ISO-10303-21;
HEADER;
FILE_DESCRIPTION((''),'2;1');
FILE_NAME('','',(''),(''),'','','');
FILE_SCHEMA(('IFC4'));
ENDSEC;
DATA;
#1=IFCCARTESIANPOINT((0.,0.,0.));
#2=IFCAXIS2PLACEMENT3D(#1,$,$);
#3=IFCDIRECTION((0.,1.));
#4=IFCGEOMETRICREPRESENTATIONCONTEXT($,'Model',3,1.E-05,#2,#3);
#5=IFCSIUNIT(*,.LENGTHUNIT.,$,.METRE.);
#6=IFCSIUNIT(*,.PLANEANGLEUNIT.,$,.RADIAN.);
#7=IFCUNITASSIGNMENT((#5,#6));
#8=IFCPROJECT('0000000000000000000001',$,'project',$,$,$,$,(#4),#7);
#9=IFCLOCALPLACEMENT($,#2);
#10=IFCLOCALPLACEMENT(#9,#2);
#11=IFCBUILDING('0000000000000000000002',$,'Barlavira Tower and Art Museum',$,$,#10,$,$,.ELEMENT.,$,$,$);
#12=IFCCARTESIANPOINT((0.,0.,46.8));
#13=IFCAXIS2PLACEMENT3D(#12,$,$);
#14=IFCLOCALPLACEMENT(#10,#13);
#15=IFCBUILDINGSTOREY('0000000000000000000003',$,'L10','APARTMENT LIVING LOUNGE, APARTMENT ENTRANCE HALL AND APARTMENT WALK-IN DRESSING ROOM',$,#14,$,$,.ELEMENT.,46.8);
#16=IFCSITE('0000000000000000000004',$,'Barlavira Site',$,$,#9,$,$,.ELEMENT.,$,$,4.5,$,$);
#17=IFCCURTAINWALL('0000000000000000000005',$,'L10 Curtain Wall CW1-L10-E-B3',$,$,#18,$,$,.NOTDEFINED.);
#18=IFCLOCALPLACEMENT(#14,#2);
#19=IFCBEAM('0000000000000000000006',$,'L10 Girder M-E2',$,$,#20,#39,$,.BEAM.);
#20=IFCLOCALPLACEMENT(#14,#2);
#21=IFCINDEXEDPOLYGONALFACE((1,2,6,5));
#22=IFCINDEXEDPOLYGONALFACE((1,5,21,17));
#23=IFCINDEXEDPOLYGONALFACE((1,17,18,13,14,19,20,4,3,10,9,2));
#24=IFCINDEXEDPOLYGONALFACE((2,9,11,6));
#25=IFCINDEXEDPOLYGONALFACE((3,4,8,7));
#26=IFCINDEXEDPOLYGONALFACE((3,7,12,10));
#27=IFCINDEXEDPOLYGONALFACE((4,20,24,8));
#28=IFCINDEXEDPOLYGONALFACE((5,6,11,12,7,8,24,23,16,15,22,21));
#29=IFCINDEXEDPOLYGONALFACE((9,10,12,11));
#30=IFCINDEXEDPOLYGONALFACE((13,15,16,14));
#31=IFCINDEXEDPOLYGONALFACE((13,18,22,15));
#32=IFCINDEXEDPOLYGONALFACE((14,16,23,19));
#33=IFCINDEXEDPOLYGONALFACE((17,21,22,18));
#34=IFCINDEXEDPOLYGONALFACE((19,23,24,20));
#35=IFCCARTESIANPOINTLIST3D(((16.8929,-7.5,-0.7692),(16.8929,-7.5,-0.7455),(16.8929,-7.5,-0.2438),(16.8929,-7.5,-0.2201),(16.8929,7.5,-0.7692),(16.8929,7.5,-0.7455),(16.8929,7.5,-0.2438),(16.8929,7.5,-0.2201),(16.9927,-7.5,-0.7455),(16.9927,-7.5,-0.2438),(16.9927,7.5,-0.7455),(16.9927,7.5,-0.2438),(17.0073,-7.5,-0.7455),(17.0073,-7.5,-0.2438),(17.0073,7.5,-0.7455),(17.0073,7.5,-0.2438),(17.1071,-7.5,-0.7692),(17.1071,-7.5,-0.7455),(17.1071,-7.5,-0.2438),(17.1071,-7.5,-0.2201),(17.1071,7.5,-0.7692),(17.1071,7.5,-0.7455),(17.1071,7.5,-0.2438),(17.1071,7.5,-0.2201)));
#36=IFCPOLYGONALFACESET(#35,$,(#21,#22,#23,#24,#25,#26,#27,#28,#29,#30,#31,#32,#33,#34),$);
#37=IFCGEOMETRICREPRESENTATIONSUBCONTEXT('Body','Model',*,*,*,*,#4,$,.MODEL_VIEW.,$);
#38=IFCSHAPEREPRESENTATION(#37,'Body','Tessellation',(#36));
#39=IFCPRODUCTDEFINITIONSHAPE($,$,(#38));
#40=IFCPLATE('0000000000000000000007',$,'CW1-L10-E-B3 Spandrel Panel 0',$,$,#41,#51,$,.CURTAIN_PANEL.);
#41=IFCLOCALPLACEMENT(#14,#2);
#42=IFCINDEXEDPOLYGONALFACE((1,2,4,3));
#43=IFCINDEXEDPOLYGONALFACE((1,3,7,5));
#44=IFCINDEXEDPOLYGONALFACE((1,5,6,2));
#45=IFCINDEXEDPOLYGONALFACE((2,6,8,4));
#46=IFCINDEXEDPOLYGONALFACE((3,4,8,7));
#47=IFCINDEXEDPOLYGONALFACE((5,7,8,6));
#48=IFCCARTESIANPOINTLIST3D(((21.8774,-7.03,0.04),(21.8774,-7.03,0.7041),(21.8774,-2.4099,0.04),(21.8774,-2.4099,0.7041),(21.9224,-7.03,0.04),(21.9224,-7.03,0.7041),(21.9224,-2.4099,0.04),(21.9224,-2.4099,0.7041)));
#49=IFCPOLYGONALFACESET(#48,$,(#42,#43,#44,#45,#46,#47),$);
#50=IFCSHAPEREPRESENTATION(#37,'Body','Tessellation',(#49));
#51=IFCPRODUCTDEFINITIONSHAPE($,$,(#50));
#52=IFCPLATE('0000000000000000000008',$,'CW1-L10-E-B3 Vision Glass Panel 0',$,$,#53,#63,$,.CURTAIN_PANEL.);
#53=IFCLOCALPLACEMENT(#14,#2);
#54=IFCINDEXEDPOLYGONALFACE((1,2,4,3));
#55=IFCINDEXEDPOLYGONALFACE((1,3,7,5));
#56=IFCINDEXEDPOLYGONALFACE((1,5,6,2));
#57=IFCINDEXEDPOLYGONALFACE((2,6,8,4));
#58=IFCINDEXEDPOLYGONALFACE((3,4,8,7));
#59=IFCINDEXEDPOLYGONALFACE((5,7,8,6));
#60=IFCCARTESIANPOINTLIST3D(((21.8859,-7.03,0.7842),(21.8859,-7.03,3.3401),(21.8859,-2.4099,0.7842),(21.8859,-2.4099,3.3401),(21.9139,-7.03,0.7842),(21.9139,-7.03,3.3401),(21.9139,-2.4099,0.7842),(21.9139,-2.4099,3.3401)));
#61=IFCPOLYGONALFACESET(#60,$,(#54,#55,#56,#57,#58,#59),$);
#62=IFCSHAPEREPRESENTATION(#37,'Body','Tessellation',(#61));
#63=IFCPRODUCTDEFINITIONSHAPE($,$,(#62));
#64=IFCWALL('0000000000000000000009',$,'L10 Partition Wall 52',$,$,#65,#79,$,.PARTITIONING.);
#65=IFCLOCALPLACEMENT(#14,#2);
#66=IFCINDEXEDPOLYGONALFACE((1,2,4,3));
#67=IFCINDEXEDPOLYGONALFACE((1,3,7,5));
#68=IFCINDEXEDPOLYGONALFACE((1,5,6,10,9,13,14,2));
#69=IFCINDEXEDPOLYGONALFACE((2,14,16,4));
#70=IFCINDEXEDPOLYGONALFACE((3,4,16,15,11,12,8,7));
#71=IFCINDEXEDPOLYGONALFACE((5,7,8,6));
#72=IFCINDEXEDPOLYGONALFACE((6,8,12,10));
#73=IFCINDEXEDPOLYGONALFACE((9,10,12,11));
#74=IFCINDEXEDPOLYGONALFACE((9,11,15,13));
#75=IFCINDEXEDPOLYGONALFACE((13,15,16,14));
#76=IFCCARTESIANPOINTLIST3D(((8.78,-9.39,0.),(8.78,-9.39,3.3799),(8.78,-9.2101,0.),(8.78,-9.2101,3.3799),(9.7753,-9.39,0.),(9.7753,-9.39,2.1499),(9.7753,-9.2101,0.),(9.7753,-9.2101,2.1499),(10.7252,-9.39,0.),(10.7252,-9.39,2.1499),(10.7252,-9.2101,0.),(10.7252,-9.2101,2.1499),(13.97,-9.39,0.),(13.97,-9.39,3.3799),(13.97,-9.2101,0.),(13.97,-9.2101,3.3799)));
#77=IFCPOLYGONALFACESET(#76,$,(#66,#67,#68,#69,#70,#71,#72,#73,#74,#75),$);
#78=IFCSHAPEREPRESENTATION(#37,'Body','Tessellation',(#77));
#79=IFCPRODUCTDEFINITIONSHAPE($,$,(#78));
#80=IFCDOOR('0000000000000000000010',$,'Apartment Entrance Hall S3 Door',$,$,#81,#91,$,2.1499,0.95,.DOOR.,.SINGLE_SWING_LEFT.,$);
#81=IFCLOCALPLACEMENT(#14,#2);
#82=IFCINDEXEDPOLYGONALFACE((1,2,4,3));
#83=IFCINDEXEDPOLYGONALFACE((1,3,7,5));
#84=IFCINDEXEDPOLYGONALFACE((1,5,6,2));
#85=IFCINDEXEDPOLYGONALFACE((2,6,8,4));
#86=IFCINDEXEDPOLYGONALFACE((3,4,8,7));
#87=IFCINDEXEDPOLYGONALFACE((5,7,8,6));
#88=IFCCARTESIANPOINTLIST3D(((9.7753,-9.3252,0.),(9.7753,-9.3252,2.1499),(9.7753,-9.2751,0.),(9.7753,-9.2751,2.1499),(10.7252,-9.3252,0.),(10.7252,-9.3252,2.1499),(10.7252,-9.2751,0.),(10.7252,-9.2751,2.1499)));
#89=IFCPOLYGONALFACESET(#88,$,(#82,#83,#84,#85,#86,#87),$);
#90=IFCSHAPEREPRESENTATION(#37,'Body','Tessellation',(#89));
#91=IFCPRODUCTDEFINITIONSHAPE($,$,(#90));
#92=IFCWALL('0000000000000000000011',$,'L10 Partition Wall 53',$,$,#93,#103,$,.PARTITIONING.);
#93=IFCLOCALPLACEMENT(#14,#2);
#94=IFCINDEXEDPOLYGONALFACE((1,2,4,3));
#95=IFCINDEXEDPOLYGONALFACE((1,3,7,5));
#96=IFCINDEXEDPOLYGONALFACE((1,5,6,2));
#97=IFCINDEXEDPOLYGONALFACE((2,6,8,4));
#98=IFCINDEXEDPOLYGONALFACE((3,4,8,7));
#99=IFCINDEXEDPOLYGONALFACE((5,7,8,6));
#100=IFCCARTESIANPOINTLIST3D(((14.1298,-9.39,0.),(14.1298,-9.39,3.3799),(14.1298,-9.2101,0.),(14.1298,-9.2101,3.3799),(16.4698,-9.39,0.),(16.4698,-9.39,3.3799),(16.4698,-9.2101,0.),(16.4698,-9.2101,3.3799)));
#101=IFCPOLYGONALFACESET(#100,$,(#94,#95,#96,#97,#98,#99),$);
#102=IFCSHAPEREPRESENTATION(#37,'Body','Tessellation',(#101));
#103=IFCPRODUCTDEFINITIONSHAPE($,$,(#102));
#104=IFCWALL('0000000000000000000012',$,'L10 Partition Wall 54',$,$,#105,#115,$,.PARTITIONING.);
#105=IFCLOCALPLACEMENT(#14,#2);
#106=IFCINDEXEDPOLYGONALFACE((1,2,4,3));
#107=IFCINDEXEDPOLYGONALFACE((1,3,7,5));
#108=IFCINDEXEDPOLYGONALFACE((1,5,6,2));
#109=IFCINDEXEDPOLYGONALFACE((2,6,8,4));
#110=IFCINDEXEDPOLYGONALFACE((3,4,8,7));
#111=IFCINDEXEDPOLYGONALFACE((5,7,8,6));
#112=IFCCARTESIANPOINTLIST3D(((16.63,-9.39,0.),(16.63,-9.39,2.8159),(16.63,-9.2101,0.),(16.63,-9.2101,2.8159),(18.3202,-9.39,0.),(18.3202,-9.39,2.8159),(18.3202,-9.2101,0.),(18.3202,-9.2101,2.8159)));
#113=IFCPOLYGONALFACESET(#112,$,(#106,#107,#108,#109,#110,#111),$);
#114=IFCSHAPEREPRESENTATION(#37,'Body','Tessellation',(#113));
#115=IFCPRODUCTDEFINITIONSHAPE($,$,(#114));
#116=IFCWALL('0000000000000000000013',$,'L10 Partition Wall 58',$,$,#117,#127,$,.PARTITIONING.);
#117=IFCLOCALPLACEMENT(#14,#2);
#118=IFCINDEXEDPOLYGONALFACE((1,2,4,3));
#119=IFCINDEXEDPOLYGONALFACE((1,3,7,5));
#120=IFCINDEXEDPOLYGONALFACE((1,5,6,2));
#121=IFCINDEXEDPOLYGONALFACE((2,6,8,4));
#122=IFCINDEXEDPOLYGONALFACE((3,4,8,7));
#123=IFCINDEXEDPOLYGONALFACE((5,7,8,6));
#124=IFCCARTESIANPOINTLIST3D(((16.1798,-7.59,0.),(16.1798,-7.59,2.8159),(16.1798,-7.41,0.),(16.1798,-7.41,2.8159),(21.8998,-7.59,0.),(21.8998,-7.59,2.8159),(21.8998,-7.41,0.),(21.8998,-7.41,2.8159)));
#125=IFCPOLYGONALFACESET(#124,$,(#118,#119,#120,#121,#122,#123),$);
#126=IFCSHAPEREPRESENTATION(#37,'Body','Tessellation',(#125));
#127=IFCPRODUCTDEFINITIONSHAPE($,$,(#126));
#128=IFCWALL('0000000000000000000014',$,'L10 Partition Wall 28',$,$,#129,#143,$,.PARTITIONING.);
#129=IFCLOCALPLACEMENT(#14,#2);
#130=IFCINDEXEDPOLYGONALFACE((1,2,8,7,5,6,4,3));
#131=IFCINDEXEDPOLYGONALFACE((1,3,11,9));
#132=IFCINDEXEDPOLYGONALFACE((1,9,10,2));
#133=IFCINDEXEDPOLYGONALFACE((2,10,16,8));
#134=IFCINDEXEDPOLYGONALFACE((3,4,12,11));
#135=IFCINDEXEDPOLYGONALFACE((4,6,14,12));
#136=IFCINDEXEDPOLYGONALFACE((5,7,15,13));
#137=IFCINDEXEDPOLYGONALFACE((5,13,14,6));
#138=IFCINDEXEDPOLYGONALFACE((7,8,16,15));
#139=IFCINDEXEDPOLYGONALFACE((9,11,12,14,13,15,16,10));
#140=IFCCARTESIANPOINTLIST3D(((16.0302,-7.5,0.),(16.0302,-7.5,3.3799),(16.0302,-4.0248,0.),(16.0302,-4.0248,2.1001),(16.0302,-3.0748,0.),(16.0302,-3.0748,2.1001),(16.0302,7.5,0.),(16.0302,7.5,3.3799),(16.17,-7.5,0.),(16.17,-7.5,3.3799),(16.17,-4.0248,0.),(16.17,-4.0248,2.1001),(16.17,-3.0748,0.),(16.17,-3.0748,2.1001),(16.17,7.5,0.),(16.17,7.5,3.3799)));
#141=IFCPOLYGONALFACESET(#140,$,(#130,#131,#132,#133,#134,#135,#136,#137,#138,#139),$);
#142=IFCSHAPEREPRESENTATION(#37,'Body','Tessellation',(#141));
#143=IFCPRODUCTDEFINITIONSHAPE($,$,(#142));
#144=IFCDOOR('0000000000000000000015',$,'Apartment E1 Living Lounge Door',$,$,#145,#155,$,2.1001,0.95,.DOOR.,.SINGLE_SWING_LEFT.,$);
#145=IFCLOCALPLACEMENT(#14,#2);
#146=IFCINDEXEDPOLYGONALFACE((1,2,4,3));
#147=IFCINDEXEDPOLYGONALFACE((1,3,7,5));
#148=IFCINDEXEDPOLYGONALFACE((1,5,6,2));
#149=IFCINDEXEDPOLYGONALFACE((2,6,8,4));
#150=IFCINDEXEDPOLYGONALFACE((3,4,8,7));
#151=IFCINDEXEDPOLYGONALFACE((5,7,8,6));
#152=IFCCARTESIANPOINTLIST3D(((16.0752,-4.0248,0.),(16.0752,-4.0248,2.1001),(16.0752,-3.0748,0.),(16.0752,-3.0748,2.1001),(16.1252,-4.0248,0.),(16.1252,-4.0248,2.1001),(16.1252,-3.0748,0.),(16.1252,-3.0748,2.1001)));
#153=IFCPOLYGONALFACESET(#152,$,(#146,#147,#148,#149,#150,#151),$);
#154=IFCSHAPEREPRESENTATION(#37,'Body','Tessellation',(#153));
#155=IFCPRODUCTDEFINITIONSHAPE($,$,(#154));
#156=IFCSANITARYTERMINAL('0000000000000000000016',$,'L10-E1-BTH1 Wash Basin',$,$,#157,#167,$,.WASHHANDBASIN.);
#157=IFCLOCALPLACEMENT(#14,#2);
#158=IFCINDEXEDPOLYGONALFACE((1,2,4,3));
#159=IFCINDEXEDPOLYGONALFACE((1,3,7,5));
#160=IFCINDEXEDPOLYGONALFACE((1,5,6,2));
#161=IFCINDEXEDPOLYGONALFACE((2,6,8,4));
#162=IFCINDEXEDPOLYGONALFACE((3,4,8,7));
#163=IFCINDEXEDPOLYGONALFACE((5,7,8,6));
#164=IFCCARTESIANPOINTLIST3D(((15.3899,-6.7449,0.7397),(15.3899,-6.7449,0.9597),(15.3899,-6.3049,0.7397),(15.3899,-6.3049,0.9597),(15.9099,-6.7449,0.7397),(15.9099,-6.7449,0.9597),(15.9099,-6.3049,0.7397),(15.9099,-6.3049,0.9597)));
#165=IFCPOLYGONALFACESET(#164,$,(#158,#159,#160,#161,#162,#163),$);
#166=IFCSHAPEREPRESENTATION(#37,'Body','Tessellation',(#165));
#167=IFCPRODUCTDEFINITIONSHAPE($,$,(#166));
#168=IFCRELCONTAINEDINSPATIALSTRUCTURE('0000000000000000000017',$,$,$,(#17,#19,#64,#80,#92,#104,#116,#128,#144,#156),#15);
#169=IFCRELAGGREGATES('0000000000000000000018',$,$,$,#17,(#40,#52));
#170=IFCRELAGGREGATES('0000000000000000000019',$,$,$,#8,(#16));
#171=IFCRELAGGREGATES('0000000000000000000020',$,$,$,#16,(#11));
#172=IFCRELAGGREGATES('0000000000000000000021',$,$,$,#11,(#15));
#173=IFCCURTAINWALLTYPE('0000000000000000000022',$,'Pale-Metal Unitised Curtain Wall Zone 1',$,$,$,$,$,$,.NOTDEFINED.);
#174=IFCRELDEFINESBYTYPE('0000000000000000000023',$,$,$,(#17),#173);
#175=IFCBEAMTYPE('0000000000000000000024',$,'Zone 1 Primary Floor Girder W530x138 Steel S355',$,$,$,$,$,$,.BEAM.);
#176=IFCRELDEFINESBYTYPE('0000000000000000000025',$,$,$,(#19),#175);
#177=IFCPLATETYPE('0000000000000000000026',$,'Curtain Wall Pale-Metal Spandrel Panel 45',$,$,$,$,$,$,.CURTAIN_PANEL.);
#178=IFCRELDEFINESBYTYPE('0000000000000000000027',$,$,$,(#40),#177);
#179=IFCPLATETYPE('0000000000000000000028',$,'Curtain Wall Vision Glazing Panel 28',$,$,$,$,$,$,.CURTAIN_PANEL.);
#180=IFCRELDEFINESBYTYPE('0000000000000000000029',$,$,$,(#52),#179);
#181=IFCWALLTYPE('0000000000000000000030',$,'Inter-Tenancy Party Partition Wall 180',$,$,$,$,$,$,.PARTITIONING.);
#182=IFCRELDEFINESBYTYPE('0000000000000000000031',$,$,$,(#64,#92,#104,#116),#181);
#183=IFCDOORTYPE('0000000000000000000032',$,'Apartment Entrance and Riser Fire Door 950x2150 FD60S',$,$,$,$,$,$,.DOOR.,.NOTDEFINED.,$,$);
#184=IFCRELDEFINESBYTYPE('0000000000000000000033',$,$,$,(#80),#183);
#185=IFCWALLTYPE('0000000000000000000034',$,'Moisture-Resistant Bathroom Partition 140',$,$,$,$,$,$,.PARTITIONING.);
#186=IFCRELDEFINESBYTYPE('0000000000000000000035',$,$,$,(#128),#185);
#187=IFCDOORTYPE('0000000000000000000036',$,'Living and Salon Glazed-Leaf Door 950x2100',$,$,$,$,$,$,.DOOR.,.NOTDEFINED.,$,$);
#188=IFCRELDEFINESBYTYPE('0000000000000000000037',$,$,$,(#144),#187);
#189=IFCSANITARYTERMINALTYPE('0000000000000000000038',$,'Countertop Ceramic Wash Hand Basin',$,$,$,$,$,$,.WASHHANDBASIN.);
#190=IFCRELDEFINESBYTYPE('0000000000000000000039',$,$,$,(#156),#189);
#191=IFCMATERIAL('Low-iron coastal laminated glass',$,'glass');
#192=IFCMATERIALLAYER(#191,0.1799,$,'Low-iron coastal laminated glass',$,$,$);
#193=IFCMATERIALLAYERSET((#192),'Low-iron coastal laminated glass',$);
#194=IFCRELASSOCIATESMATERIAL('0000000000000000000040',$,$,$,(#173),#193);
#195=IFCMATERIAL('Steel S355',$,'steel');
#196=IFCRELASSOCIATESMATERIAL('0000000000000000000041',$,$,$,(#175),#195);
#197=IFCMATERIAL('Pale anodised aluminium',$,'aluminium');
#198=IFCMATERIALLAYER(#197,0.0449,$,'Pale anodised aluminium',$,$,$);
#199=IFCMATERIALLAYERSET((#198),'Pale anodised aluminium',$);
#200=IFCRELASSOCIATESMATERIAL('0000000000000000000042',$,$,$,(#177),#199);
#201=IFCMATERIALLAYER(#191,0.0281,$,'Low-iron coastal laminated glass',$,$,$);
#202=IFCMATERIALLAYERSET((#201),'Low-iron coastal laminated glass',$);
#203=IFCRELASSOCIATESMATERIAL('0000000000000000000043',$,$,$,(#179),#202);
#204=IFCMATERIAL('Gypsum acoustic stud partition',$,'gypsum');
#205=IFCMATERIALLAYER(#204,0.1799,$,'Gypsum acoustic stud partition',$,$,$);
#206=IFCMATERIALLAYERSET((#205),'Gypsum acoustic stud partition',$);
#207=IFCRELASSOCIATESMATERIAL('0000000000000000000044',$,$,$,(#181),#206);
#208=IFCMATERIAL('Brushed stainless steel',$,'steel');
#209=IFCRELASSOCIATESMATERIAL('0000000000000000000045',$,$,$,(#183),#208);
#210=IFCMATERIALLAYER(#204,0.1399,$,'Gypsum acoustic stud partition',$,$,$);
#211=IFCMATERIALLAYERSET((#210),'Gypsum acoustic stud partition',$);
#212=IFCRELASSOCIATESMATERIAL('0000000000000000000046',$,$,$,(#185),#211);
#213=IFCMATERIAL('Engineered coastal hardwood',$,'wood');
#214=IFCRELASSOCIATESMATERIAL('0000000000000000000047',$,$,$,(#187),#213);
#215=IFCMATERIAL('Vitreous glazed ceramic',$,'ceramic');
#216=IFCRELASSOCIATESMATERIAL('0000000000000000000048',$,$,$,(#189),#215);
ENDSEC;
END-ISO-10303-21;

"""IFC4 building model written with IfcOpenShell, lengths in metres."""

from ifc_helpers import new_model, si_unit, direction, frame, frame_2d, origin, origin_2d, place, context, subcontext, project, spatial, rectangle, i_section, extrude, material, layer, layer_set, material_profile, profile_set, type_object, element, fill, aggregate, save


model = new_model("IFC4")

# Units and contexts
model_context = context("Model", 3, precision=1e-05, world=origin(), true_north=direction((0.0, 1.0)))
body_context = subcontext(model_context, "Body", "Model", "MODEL_VIEW")
ifc_project = project(units=[si_unit("LENGTHUNIT", "METRE"), si_unit("PLANEANGLEUNIT", "RADIAN")], contexts=[model_context])

# Site, building, storey
site_placement = place(None, origin())
site = spatial("IfcSite", under=ifc_project, at=site_placement, Name="Barlavira Site", CompositionType="ELEMENT", RefElevation=4.5)
building_placement = place(site_placement, origin())
building = spatial("IfcBuilding", under=site, at=building_placement, Name="Barlavira Tower and Art Museum", CompositionType="ELEMENT")
storey_placement = place(building_placement, frame((0.0, 0.0, 46.8)))
storey = spatial("IfcBuildingStorey", under=building, at=storey_placement, Name="L10", Description="APARTMENT LIVING LOUNGE, APARTMENT ENTRANCE HALL AND APARTMENT WALK-IN DRESSING ROOM", CompositionType="ELEMENT", Elevation=46.8)

# Curtain wall
ifc_material_1 = material(Name="Low-iron coastal laminated glass", Category="glass")
ifc_layer_1 = layer(ifc_material_1, 0.1799, Name="Low-iron coastal laminated glass")
ifc_layer_set_1 = layer_set([ifc_layer_1], Name="Low-iron coastal laminated glass")
curtain_wall_type = type_object("IfcCurtainWallType", Name="Pale-Metal Unitised Curtain Wall Zone 1", PredefinedType="NOTDEFINED", material=ifc_layer_set_1)
curtain_wall_placement = place(storey_placement, origin())
curtain_wall = element("IfcCurtainWall", 1, at=curtain_wall_placement, inside=storey, type_object=curtain_wall_type, Name="L10 Curtain Wall CW1-L10-E-B3", PredefinedType="NOTDEFINED")
ifc_material_2 = material(Name="Pale anodised aluminium", Category="aluminium")

# Shared definitions
ifc_material_3 = material(Name="Steel S355", Category="steel")

# Beam
ifc_material_profile_1 = material_profile(ifc_material_3, i_section(OverallWidth=0.2141, OverallDepth=0.5491, WebThickness=0.0146, FlangeThickness=0.0237, at=origin_2d()), Name="W530x138.0")
ifc_profile_set_1 = profile_set([ifc_material_profile_1], Name="Steel S355")
beam_type_1 = type_object("IfcBeamType", Name="Zone 1 Primary Floor Girder W530x138 Steel S355", PredefinedType="BEAM", material=ifc_profile_set_1)
beam_1_placement = place(storey_placement, frame((17.0, -7.5, -0.4946), z_axis=(0.0, 1.0, 0.0), x_axis=(-1.0, 0.0, 0.0)))
element("IfcBeam", 2, at=beam_1_placement, inside=storey, type_object=beam_type_1, Name="L10 Girder M-E2", PredefinedType="BEAM", context=body_context, shape_type="SweptSolid", body=[
    extrude(i_section(OverallWidth=0.2141, OverallDepth=0.5491, WebThickness=0.0146, FlangeThickness=0.0237, at=origin_2d()), origin(), (0.0, 0.0, 1.0), 15.0),
])

# Plates
ifc_layer_2 = layer(ifc_material_2, 0.0449, Name="Pale anodised aluminium")
ifc_layer_set_2 = layer_set([ifc_layer_2], Name="Pale anodised aluminium")
plate_type_1 = type_object("IfcPlateType", Name="Curtain Wall Pale-Metal Spandrel Panel 45", PredefinedType="CURTAIN_PANEL", material=ifc_layer_set_2)
plate_1_placement = place(storey_placement, frame((21.8999, -4.72, 0.04), z_axis=(0.0, 0.0, 1.0), x_axis=(0.0, 1.0, 0.0)))
plate_1 = element("IfcPlate", 3, at=plate_1_placement, type_object=plate_type_1, Name="CW1-L10-E-B3 Spandrel Panel 0", PredefinedType="CURTAIN_PANEL", context=body_context, shape_type="SweptSolid", body=[
    extrude(rectangle(XDim=4.6201, YDim=0.0449, at=origin_2d()), origin(), (0.0, 0.0, 1.0), 0.6641),
])
ifc_layer_3 = layer(ifc_material_1, 0.0281, Name="Low-iron coastal laminated glass")
ifc_layer_set_3 = layer_set([ifc_layer_3], Name="Low-iron coastal laminated glass")
plate_type_2 = type_object("IfcPlateType", Name="Curtain Wall Vision Glazing Panel 28", PredefinedType="CURTAIN_PANEL", material=ifc_layer_set_3)
plate_2_placement = place(storey_placement, frame((21.8999, -4.72, 0.7842), z_axis=(0.0, 0.0, 1.0), x_axis=(0.0, 1.0, 0.0)))
plate_2 = element("IfcPlate", 4, at=plate_2_placement, type_object=plate_type_2, Name="CW1-L10-E-B3 Vision Glass Panel 0", PredefinedType="CURTAIN_PANEL", context=body_context, shape_type="SweptSolid", body=[
    extrude(rectangle(XDim=4.6201, YDim=0.0281, at=origin_2d()), origin(), (0.0, 0.0, 1.0), 2.5559),
])
aggregate(curtain_wall, [plate_1, plate_2])

# Wall, opening, door
ifc_material_4 = material(Name="Gypsum acoustic stud partition", Category="gypsum")
ifc_layer_4 = layer(ifc_material_4, 0.1799, Name="Gypsum acoustic stud partition")
ifc_layer_set_4 = layer_set([ifc_layer_4], Name="Gypsum acoustic stud partition")
wall_type_1 = type_object("IfcWallType", Name="Inter-Tenancy Party Partition Wall 180", PredefinedType="PARTITIONING", material=ifc_layer_set_4)
wall_1_placement = place(storey_placement, frame((8.78, -9.3, 0.0), z_axis=(0.0, 0.0, 1.0), x_axis=(1.0, 0.0, 0.0)))
wall_1 = element("IfcWall", 5, at=wall_1_placement, inside=storey, type_object=wall_type_1, Name="L10 Partition Wall 52", PredefinedType="PARTITIONING", context=body_context, shape_type="SweptSolid", body=[
    extrude(rectangle(XDim=5.1899, YDim=0.1799, at=frame_2d((2.595, 0.0))), origin(), (0.0, 0.0, 1.0), 3.3799),
])
opening_1_placement = place(wall_1_placement, frame((0.9951, 0.0, 0.0)))
opening_1 = element("IfcOpeningElement", 6, at=opening_1_placement, cuts=wall_1, PredefinedType="OPENING", context=body_context, shape_type="SweptSolid", body=[
    extrude(rectangle(XDim=0.95, YDim=2.1499, at=frame_2d((0.4751, 1.075))), frame((0.0, 0.1001, 0.0), z_axis=(0.0, -1.0, 0.0), x_axis=(1.0, 0.0, 0.0)), (0.0, 0.0, 1.0), 0.2),
])
ifc_material_5 = material(Name="Brushed stainless steel", Category="steel")
door_type_1 = type_object("IfcDoorType", Name="Apartment Entrance and Riser Fire Door 950x2150 FD60S", OperationType="NOTDEFINED", PredefinedType="DOOR", material=ifc_material_5)
door_1_placement = place(opening_1_placement, origin())
door_1 = element("IfcDoor", 7, at=door_1_placement, inside=storey, type_object=door_type_1, Name="Apartment Entrance Hall S3 Door", OperationType="SINGLE_SWING_LEFT", OverallHeight=2.1499, OverallWidth=0.95, PredefinedType="DOOR", context=body_context, shape_type="SweptSolid", body=[
    extrude(rectangle(XDim=0.95, YDim=2.1499, at=frame_2d((0.4751, 1.075))), frame((0.0, 0.0249, 0.0), z_axis=(0.0, -1.0, 0.0), x_axis=(1.0, 0.0, 0.0)), (0.0, 0.0, 1.0), 0.05),
])
fill(opening_1, door_1)

# Walls
wall_2_placement = place(storey_placement, frame((14.1299, -9.3, 0.0), z_axis=(0.0, 0.0, 1.0), x_axis=(1.0, 0.0, 0.0)))
element("IfcWall", 8, at=wall_2_placement, inside=storey, type_object=wall_type_1, Name="L10 Partition Wall 53", PredefinedType="PARTITIONING", context=body_context, shape_type="SweptSolid", body=[
    extrude(rectangle(XDim=2.3401, YDim=0.1799, at=frame_2d((1.1699, 0.0))), origin(), (0.0, 0.0, 1.0), 3.3799),
])
wall_3_placement = place(storey_placement, frame((16.6299, -9.3, 0.0), z_axis=(0.0, 0.0, 1.0), x_axis=(1.0, 0.0, 0.0)))
element("IfcWall", 9, at=wall_3_placement, inside=storey, type_object=wall_type_1, Name="L10 Partition Wall 54", PredefinedType="PARTITIONING", context=body_context, shape_type="SweptSolid", body=[
    extrude(rectangle(XDim=1.6902, YDim=0.1799, at=frame_2d((0.8452, 0.0))), origin(), (0.0, 0.0, 1.0), 2.8159),
])
wall_4_placement = place(storey_placement, frame((16.1799, -7.5, 0.0), z_axis=(0.0, 0.0, 1.0), x_axis=(1.0, 0.0, 0.0)))
element("IfcWall", 10, at=wall_4_placement, inside=storey, type_object=wall_type_1, Name="L10 Partition Wall 58", PredefinedType="PARTITIONING", context=body_context, shape_type="SweptSolid", body=[
    extrude(rectangle(XDim=5.72, YDim=0.1799, at=frame_2d((2.8599, 0.0))), origin(), (0.0, 0.0, 1.0), 2.8159),
])

# Wall, opening, door
ifc_layer_5 = layer(ifc_material_4, 0.1399, Name="Gypsum acoustic stud partition")
ifc_layer_set_5 = layer_set([ifc_layer_5], Name="Gypsum acoustic stud partition")
wall_type_2 = type_object("IfcWallType", Name="Moisture-Resistant Bathroom Partition 140", PredefinedType="PARTITIONING", material=ifc_layer_set_5)
wall_5_placement = place(storey_placement, frame((16.1001, -7.5, 0.0), z_axis=(0.0, 0.0, 1.0), x_axis=(0.0, 1.0, 0.0)))
wall_5 = element("IfcWall", 11, at=wall_5_placement, inside=storey, type_object=wall_type_2, Name="L10 Partition Wall 28", PredefinedType="PARTITIONING", context=body_context, shape_type="SweptSolid", body=[
    extrude(rectangle(XDim=15.0, YDim=0.1399, at=frame_2d((7.5, 0.0))), origin(), (0.0, 0.0, 1.0), 3.3799),
])
opening_2_placement = place(wall_5_placement, frame((3.4751, 0.0, 0.0)))
opening_2 = element("IfcOpeningElement", 12, at=opening_2_placement, cuts=wall_5, PredefinedType="OPENING", context=body_context, shape_type="SweptSolid", body=[
    extrude(rectangle(XDim=0.95, YDim=2.1001, at=frame_2d((0.4751, 1.05))), frame((0.0, 0.0801, 0.0), z_axis=(0.0, -1.0, 0.0), x_axis=(1.0, 0.0, 0.0)), (0.0, 0.0, 1.0), 0.1599),
])
ifc_material_6 = material(Name="Engineered coastal hardwood", Category="wood")
door_type_2 = type_object("IfcDoorType", Name="Living and Salon Glazed-Leaf Door 950x2100", OperationType="NOTDEFINED", PredefinedType="DOOR", material=ifc_material_6)
door_2_placement = place(opening_2_placement, origin())
door_2 = element("IfcDoor", 13, at=door_2_placement, inside=storey, type_object=door_type_2, Name="Apartment E1 Living Lounge Door", OperationType="SINGLE_SWING_LEFT", OverallHeight=2.1001, OverallWidth=0.95, PredefinedType="DOOR", context=body_context, shape_type="SweptSolid", body=[
    extrude(rectangle(XDim=0.95, YDim=2.1001, at=frame_2d((0.4751, 1.05))), frame((0.0, 0.0249, 0.0), z_axis=(0.0, -1.0, 0.0), x_axis=(1.0, 0.0, 0.0)), (0.0, 0.0, 1.0), 0.05),
])
fill(opening_2, door_2)

# Sanitary terminal
ifc_material_7 = material(Name="Vitreous glazed ceramic", Category="ceramic")
sanitary_terminal_type_1 = type_object("IfcSanitaryTerminalType", Name="Countertop Ceramic Wash Hand Basin", PredefinedType="WASHHANDBASIN", material=ifc_material_7)
sanitary_terminal_placement = place(storey_placement, frame((15.6499, -6.5249, 0.7397), z_axis=(0.0, 0.0, 1.0), x_axis=(1.0, 0.0, 0.0)))
element("IfcSanitaryTerminal", 14, at=sanitary_terminal_placement, inside=storey, type_object=sanitary_terminal_type_1, Name="L10-E1-BTH1 Wash Basin", PredefinedType="WASHHANDBASIN", context=body_context, shape_type="SweptSolid", body=[
    extrude(rectangle(XDim=0.52, YDim=0.4399, at=origin_2d()), origin(), (0.0, 0.0, 1.0), 0.22),
])

save(model, "model.ifc")
